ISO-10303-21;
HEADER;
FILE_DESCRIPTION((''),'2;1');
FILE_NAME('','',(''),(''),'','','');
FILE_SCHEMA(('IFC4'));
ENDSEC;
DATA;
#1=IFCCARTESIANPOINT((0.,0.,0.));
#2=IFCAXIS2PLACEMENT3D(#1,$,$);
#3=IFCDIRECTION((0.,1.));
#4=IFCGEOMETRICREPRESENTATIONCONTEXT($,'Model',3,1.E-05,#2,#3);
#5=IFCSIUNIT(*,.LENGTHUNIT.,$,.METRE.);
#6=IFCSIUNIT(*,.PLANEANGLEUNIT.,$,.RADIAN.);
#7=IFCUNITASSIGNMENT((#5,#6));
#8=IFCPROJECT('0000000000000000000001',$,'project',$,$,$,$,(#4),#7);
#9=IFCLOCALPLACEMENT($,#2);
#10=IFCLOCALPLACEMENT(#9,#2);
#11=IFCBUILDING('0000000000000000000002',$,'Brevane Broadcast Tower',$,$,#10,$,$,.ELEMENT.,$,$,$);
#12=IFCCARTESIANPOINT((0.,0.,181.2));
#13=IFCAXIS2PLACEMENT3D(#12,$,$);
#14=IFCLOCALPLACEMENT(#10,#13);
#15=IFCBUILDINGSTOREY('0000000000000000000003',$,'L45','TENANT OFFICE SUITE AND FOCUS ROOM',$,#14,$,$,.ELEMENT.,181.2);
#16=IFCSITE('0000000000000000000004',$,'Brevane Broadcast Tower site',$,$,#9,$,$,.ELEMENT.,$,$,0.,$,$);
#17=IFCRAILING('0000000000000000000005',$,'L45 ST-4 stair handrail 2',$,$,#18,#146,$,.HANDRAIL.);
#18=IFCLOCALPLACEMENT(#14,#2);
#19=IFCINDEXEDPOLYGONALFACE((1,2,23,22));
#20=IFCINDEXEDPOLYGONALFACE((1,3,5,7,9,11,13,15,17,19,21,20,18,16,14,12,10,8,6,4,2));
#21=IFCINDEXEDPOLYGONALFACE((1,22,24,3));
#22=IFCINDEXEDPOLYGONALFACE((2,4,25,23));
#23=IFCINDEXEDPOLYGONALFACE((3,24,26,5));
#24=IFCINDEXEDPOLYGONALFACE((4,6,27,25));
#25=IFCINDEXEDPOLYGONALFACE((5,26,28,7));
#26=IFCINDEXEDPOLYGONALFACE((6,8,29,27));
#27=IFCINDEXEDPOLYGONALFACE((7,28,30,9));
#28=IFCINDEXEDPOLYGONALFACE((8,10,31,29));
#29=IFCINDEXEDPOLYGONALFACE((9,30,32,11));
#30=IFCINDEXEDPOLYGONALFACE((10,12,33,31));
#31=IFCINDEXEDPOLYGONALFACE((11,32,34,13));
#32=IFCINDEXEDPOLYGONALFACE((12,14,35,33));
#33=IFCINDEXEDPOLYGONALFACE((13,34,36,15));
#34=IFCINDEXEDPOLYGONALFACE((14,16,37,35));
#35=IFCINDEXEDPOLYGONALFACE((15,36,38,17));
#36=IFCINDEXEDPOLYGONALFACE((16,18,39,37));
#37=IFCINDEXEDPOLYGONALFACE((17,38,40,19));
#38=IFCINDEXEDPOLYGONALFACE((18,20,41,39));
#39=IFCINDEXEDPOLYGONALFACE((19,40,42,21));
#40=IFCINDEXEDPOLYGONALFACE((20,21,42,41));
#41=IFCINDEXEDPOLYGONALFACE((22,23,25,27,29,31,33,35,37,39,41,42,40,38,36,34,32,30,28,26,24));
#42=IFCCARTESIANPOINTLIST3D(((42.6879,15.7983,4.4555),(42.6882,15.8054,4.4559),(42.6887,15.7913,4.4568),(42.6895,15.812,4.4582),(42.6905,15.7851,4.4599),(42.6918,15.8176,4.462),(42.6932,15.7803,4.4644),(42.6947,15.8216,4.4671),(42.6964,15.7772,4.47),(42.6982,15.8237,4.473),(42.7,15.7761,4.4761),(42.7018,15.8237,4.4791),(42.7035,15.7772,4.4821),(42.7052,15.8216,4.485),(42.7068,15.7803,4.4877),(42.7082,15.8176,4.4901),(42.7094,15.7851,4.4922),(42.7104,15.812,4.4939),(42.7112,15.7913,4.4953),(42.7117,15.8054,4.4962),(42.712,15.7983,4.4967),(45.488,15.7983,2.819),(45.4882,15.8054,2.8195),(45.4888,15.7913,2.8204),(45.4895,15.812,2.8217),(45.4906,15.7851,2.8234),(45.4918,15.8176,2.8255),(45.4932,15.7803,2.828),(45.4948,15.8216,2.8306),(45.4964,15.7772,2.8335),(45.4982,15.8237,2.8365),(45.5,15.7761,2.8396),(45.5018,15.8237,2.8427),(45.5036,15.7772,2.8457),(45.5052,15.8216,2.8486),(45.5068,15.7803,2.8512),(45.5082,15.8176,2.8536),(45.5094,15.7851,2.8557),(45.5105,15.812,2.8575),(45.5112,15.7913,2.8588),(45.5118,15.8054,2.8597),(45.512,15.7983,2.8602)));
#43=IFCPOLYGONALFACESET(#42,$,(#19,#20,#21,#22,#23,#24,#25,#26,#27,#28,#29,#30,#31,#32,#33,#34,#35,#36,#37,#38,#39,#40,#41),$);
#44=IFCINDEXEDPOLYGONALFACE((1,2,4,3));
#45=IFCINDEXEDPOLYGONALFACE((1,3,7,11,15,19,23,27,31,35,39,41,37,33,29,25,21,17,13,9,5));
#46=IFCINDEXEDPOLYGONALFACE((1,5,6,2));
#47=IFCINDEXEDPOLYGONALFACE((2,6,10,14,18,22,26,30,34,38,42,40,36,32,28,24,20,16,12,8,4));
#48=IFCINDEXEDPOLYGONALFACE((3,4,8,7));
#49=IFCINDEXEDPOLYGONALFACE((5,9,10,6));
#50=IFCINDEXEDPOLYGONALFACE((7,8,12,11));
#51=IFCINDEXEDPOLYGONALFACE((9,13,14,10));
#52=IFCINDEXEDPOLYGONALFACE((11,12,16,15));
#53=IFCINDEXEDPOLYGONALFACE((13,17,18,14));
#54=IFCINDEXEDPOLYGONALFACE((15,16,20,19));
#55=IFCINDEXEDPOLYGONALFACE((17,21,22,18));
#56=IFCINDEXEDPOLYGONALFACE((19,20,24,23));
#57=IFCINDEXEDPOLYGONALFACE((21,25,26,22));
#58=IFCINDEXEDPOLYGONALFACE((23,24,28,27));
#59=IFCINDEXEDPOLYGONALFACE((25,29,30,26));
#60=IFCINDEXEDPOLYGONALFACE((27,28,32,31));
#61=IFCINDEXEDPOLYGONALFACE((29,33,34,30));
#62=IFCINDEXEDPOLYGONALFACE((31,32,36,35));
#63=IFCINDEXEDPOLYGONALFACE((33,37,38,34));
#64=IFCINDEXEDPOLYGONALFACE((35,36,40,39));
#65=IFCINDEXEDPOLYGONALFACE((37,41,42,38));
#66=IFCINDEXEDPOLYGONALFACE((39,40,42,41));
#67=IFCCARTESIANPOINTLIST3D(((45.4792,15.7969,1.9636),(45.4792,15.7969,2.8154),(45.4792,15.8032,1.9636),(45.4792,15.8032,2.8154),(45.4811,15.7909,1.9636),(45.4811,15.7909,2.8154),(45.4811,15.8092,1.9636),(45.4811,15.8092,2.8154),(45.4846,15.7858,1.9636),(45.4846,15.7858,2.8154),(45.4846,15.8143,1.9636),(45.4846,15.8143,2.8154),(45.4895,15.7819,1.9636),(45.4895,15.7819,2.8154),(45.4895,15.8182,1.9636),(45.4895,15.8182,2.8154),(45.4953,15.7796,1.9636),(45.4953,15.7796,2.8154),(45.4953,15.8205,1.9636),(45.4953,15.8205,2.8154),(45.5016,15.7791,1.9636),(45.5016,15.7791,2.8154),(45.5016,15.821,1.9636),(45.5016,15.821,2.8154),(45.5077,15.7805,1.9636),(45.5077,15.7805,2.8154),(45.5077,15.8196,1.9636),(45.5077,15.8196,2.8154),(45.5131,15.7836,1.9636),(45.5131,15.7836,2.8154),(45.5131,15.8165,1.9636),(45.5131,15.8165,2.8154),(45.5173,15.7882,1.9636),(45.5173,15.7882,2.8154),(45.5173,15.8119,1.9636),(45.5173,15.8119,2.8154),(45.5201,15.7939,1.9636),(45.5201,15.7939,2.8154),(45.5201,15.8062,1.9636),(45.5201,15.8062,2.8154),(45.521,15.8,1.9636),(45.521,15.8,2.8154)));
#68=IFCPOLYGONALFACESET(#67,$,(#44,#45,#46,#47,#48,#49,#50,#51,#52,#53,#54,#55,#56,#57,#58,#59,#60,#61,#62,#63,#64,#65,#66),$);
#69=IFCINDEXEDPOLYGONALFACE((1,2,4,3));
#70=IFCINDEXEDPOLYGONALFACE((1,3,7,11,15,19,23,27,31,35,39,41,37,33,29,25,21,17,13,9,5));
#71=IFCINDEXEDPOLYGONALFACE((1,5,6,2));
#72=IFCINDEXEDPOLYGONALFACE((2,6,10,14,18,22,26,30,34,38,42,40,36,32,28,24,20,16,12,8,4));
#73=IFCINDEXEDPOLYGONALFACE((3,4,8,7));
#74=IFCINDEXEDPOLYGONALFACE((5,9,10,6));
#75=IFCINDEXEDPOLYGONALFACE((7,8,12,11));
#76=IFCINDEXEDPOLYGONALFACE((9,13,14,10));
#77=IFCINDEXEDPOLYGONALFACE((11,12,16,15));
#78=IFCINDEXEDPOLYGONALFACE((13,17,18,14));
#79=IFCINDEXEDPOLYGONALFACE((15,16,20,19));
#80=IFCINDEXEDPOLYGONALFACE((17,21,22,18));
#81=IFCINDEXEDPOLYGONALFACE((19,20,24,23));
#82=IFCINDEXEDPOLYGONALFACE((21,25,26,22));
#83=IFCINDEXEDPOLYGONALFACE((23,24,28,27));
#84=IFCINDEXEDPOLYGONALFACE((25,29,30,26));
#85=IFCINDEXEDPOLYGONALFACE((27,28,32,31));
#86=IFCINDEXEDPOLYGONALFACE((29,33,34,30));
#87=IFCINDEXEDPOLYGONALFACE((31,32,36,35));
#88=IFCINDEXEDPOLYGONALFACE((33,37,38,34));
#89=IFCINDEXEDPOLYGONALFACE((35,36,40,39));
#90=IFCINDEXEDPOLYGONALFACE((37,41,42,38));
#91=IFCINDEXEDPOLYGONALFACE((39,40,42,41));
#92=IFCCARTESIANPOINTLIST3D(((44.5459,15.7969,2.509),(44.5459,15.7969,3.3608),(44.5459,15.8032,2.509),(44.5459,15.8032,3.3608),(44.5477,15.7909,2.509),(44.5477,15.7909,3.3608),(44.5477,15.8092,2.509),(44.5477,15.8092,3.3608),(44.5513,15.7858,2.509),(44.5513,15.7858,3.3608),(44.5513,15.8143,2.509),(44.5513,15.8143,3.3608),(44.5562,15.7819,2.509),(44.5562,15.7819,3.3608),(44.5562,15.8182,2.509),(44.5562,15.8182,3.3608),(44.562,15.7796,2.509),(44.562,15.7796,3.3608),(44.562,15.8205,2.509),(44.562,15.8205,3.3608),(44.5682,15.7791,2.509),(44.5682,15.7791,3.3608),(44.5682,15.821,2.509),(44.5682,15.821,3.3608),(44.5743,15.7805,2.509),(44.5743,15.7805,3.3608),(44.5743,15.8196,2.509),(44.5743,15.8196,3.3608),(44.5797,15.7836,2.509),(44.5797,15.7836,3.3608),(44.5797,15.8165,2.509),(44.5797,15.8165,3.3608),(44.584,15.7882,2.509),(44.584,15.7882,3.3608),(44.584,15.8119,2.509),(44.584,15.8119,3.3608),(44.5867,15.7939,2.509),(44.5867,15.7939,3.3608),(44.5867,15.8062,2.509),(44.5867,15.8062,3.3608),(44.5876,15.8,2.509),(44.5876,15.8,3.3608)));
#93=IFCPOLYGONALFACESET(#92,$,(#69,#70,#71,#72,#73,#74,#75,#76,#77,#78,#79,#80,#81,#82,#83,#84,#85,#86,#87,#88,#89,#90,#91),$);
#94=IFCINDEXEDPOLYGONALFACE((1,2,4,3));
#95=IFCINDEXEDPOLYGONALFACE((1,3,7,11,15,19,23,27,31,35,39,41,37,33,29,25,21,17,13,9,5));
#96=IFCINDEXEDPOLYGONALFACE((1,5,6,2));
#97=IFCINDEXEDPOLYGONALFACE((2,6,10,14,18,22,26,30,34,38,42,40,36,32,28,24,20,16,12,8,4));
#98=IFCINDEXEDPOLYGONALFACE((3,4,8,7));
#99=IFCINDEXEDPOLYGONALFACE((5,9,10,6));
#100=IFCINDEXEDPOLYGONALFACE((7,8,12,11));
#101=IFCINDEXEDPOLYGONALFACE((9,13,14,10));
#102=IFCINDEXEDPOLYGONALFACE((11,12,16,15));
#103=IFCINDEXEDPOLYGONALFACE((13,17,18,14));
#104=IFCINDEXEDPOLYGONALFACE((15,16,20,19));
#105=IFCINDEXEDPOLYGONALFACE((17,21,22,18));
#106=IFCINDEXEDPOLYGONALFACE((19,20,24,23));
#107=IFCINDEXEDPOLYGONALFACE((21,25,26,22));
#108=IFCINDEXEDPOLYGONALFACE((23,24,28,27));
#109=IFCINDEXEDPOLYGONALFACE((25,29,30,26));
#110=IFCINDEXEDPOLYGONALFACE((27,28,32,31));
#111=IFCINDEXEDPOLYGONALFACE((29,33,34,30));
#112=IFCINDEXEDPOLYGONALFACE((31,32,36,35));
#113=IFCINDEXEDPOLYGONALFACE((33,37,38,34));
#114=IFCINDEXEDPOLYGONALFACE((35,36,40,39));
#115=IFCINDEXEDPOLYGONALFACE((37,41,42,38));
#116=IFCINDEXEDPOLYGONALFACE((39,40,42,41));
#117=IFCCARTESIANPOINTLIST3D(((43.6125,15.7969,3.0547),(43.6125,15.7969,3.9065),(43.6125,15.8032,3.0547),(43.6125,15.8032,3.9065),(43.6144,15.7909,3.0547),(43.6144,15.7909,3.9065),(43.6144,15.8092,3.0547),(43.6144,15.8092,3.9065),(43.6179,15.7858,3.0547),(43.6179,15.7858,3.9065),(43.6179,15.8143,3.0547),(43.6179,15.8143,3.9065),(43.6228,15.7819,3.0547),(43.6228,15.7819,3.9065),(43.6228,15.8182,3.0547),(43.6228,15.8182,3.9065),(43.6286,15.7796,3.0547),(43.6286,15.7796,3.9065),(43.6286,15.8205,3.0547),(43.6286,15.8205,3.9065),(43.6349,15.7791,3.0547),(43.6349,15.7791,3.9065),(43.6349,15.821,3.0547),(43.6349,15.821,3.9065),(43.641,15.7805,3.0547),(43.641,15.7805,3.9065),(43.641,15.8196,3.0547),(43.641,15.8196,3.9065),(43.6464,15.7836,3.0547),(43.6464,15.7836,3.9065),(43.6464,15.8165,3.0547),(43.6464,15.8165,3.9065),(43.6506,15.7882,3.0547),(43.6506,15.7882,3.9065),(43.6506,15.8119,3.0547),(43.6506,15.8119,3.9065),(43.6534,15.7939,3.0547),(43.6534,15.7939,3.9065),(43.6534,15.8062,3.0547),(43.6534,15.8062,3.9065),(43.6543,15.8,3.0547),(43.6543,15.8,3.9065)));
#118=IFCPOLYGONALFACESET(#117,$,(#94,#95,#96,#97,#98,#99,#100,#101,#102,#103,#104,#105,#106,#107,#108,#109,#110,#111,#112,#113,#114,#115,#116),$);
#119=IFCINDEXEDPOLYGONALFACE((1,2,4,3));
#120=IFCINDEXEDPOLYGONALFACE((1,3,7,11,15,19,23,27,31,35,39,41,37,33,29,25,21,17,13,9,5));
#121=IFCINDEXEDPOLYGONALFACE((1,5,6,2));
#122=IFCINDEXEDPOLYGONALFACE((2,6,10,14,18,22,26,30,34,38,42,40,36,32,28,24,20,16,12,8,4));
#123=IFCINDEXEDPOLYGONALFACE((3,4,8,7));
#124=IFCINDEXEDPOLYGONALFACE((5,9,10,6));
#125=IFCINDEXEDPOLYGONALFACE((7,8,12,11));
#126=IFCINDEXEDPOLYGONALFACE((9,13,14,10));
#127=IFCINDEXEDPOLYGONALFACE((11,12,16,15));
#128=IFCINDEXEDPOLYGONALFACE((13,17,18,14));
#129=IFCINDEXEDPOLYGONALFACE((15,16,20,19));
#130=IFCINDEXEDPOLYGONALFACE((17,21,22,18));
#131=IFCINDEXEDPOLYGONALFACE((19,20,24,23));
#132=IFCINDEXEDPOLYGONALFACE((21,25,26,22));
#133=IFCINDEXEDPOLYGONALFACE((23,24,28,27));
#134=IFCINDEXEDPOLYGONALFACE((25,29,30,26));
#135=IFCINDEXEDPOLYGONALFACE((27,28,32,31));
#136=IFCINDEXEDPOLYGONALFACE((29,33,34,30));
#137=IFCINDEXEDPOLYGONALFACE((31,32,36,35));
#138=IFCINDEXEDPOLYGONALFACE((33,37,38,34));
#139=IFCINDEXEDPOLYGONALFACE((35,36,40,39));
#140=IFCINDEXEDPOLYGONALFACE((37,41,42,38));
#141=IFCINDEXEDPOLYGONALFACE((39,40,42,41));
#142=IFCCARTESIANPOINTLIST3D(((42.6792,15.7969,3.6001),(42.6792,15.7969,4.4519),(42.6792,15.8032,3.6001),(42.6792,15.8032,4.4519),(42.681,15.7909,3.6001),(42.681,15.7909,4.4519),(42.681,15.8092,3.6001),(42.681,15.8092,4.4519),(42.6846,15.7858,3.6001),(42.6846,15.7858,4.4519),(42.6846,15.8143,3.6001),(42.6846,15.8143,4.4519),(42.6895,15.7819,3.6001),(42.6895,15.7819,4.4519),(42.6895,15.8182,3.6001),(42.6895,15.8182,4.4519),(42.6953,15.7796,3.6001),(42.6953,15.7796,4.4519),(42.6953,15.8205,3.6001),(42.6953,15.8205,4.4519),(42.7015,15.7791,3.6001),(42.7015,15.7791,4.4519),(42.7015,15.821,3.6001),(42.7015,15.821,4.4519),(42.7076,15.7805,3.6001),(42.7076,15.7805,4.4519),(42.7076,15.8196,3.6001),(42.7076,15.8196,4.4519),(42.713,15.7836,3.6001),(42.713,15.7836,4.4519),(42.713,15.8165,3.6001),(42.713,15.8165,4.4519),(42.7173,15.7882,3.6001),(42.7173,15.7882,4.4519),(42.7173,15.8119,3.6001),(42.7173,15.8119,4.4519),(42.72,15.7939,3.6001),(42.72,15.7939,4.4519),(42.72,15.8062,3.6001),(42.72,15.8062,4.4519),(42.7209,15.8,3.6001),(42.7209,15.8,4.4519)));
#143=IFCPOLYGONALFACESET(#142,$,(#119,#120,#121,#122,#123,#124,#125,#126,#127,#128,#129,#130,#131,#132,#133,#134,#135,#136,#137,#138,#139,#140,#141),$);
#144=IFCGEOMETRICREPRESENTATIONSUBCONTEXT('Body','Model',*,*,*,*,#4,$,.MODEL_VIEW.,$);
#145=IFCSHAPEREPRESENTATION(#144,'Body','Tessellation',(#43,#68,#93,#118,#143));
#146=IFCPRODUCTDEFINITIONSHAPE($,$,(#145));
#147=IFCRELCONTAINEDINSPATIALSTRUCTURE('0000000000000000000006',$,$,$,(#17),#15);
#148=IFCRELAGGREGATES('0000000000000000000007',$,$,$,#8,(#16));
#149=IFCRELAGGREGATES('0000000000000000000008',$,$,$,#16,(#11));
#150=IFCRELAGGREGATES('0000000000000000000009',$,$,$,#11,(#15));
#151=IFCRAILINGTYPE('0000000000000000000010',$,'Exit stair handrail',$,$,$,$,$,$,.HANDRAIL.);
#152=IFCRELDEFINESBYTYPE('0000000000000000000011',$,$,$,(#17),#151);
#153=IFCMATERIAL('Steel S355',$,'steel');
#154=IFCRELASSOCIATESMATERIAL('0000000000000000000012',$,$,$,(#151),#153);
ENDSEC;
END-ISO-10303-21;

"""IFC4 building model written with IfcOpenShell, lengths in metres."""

from ifc_helpers import new_model, si_unit, direction, frame, origin, origin_2d, place, context, subcontext, project, spatial, circle, extrude, material, type_object, element, save


model = new_model("IFC4")

# Units and contexts
model_context = context("Model", 3, precision=1e-05, world=origin(), true_north=direction((0.0, 1.0)))
body_context = subcontext(model_context, "Body", "Model", "MODEL_VIEW")
ifc_project = project(units=[si_unit("LENGTHUNIT", "METRE"), si_unit("PLANEANGLEUNIT", "RADIAN")], contexts=[model_context])

# Site, building, storey
site_placement = place(None, origin())
site = spatial("IfcSite", under=ifc_project, at=site_placement, Name="Brevane Broadcast Tower site", CompositionType="ELEMENT", RefElevation=0.0)
building_placement = place(site_placement, origin())
building = spatial("IfcBuilding", under=site, at=building_placement, Name="Brevane Broadcast Tower", CompositionType="ELEMENT")
storey_placement = place(building_placement, frame((0.0, 0.0, 181.2)))
storey = spatial("IfcBuildingStorey", under=building, at=storey_placement, Name="L45", Description="TENANT OFFICE SUITE AND FOCUS ROOM", CompositionType="ELEMENT", Elevation=181.2)

# Railing
ifc_material_1 = material(Name="Steel S355", Category="steel")
railing_type_1 = type_object("IfcRailingType", Name="Exit stair handrail", PredefinedType="HANDRAIL", material=ifc_material_1)
railing_1_placement = place(storey_placement, frame((45.5, 15.8, 1.9636)))
element("IfcRailing", 1, at=railing_1_placement, inside=storey, type_object=railing_type_1, Name="L45 ST-4 stair handrail 2", PredefinedType="HANDRAIL", context=body_context, shape_type="SweptSolid", body=[
    extrude(circle(Radius=0.0239, at=origin_2d()), frame((0.0, 0.0, 0.876), z_axis=(-0.863361, 0.0, 0.504587), x_axis=(0.0, -1.0, 0.0)), (0.0, 0.0, 1.0), 3.2432),
    extrude(circle(Radius=0.021, at=origin_2d()), origin(), (0.0, 0.0, 1.0), 0.8518),
    extrude(circle(Radius=0.021, at=origin_2d()), frame((-0.9333, 0.0, 0.5454)), (0.0, 0.0, 1.0), 0.8518),
    extrude(circle(Radius=0.021, at=origin_2d()), frame((-1.8667, 0.0, 1.0911)), (0.0, 0.0, 1.0), 0.8518),
    extrude(circle(Radius=0.021, at=origin_2d()), frame((-2.8, 0.0, 1.6365)), (0.0, 0.0, 1.0), 0.8518),
])

save(model, "model.ifc")
